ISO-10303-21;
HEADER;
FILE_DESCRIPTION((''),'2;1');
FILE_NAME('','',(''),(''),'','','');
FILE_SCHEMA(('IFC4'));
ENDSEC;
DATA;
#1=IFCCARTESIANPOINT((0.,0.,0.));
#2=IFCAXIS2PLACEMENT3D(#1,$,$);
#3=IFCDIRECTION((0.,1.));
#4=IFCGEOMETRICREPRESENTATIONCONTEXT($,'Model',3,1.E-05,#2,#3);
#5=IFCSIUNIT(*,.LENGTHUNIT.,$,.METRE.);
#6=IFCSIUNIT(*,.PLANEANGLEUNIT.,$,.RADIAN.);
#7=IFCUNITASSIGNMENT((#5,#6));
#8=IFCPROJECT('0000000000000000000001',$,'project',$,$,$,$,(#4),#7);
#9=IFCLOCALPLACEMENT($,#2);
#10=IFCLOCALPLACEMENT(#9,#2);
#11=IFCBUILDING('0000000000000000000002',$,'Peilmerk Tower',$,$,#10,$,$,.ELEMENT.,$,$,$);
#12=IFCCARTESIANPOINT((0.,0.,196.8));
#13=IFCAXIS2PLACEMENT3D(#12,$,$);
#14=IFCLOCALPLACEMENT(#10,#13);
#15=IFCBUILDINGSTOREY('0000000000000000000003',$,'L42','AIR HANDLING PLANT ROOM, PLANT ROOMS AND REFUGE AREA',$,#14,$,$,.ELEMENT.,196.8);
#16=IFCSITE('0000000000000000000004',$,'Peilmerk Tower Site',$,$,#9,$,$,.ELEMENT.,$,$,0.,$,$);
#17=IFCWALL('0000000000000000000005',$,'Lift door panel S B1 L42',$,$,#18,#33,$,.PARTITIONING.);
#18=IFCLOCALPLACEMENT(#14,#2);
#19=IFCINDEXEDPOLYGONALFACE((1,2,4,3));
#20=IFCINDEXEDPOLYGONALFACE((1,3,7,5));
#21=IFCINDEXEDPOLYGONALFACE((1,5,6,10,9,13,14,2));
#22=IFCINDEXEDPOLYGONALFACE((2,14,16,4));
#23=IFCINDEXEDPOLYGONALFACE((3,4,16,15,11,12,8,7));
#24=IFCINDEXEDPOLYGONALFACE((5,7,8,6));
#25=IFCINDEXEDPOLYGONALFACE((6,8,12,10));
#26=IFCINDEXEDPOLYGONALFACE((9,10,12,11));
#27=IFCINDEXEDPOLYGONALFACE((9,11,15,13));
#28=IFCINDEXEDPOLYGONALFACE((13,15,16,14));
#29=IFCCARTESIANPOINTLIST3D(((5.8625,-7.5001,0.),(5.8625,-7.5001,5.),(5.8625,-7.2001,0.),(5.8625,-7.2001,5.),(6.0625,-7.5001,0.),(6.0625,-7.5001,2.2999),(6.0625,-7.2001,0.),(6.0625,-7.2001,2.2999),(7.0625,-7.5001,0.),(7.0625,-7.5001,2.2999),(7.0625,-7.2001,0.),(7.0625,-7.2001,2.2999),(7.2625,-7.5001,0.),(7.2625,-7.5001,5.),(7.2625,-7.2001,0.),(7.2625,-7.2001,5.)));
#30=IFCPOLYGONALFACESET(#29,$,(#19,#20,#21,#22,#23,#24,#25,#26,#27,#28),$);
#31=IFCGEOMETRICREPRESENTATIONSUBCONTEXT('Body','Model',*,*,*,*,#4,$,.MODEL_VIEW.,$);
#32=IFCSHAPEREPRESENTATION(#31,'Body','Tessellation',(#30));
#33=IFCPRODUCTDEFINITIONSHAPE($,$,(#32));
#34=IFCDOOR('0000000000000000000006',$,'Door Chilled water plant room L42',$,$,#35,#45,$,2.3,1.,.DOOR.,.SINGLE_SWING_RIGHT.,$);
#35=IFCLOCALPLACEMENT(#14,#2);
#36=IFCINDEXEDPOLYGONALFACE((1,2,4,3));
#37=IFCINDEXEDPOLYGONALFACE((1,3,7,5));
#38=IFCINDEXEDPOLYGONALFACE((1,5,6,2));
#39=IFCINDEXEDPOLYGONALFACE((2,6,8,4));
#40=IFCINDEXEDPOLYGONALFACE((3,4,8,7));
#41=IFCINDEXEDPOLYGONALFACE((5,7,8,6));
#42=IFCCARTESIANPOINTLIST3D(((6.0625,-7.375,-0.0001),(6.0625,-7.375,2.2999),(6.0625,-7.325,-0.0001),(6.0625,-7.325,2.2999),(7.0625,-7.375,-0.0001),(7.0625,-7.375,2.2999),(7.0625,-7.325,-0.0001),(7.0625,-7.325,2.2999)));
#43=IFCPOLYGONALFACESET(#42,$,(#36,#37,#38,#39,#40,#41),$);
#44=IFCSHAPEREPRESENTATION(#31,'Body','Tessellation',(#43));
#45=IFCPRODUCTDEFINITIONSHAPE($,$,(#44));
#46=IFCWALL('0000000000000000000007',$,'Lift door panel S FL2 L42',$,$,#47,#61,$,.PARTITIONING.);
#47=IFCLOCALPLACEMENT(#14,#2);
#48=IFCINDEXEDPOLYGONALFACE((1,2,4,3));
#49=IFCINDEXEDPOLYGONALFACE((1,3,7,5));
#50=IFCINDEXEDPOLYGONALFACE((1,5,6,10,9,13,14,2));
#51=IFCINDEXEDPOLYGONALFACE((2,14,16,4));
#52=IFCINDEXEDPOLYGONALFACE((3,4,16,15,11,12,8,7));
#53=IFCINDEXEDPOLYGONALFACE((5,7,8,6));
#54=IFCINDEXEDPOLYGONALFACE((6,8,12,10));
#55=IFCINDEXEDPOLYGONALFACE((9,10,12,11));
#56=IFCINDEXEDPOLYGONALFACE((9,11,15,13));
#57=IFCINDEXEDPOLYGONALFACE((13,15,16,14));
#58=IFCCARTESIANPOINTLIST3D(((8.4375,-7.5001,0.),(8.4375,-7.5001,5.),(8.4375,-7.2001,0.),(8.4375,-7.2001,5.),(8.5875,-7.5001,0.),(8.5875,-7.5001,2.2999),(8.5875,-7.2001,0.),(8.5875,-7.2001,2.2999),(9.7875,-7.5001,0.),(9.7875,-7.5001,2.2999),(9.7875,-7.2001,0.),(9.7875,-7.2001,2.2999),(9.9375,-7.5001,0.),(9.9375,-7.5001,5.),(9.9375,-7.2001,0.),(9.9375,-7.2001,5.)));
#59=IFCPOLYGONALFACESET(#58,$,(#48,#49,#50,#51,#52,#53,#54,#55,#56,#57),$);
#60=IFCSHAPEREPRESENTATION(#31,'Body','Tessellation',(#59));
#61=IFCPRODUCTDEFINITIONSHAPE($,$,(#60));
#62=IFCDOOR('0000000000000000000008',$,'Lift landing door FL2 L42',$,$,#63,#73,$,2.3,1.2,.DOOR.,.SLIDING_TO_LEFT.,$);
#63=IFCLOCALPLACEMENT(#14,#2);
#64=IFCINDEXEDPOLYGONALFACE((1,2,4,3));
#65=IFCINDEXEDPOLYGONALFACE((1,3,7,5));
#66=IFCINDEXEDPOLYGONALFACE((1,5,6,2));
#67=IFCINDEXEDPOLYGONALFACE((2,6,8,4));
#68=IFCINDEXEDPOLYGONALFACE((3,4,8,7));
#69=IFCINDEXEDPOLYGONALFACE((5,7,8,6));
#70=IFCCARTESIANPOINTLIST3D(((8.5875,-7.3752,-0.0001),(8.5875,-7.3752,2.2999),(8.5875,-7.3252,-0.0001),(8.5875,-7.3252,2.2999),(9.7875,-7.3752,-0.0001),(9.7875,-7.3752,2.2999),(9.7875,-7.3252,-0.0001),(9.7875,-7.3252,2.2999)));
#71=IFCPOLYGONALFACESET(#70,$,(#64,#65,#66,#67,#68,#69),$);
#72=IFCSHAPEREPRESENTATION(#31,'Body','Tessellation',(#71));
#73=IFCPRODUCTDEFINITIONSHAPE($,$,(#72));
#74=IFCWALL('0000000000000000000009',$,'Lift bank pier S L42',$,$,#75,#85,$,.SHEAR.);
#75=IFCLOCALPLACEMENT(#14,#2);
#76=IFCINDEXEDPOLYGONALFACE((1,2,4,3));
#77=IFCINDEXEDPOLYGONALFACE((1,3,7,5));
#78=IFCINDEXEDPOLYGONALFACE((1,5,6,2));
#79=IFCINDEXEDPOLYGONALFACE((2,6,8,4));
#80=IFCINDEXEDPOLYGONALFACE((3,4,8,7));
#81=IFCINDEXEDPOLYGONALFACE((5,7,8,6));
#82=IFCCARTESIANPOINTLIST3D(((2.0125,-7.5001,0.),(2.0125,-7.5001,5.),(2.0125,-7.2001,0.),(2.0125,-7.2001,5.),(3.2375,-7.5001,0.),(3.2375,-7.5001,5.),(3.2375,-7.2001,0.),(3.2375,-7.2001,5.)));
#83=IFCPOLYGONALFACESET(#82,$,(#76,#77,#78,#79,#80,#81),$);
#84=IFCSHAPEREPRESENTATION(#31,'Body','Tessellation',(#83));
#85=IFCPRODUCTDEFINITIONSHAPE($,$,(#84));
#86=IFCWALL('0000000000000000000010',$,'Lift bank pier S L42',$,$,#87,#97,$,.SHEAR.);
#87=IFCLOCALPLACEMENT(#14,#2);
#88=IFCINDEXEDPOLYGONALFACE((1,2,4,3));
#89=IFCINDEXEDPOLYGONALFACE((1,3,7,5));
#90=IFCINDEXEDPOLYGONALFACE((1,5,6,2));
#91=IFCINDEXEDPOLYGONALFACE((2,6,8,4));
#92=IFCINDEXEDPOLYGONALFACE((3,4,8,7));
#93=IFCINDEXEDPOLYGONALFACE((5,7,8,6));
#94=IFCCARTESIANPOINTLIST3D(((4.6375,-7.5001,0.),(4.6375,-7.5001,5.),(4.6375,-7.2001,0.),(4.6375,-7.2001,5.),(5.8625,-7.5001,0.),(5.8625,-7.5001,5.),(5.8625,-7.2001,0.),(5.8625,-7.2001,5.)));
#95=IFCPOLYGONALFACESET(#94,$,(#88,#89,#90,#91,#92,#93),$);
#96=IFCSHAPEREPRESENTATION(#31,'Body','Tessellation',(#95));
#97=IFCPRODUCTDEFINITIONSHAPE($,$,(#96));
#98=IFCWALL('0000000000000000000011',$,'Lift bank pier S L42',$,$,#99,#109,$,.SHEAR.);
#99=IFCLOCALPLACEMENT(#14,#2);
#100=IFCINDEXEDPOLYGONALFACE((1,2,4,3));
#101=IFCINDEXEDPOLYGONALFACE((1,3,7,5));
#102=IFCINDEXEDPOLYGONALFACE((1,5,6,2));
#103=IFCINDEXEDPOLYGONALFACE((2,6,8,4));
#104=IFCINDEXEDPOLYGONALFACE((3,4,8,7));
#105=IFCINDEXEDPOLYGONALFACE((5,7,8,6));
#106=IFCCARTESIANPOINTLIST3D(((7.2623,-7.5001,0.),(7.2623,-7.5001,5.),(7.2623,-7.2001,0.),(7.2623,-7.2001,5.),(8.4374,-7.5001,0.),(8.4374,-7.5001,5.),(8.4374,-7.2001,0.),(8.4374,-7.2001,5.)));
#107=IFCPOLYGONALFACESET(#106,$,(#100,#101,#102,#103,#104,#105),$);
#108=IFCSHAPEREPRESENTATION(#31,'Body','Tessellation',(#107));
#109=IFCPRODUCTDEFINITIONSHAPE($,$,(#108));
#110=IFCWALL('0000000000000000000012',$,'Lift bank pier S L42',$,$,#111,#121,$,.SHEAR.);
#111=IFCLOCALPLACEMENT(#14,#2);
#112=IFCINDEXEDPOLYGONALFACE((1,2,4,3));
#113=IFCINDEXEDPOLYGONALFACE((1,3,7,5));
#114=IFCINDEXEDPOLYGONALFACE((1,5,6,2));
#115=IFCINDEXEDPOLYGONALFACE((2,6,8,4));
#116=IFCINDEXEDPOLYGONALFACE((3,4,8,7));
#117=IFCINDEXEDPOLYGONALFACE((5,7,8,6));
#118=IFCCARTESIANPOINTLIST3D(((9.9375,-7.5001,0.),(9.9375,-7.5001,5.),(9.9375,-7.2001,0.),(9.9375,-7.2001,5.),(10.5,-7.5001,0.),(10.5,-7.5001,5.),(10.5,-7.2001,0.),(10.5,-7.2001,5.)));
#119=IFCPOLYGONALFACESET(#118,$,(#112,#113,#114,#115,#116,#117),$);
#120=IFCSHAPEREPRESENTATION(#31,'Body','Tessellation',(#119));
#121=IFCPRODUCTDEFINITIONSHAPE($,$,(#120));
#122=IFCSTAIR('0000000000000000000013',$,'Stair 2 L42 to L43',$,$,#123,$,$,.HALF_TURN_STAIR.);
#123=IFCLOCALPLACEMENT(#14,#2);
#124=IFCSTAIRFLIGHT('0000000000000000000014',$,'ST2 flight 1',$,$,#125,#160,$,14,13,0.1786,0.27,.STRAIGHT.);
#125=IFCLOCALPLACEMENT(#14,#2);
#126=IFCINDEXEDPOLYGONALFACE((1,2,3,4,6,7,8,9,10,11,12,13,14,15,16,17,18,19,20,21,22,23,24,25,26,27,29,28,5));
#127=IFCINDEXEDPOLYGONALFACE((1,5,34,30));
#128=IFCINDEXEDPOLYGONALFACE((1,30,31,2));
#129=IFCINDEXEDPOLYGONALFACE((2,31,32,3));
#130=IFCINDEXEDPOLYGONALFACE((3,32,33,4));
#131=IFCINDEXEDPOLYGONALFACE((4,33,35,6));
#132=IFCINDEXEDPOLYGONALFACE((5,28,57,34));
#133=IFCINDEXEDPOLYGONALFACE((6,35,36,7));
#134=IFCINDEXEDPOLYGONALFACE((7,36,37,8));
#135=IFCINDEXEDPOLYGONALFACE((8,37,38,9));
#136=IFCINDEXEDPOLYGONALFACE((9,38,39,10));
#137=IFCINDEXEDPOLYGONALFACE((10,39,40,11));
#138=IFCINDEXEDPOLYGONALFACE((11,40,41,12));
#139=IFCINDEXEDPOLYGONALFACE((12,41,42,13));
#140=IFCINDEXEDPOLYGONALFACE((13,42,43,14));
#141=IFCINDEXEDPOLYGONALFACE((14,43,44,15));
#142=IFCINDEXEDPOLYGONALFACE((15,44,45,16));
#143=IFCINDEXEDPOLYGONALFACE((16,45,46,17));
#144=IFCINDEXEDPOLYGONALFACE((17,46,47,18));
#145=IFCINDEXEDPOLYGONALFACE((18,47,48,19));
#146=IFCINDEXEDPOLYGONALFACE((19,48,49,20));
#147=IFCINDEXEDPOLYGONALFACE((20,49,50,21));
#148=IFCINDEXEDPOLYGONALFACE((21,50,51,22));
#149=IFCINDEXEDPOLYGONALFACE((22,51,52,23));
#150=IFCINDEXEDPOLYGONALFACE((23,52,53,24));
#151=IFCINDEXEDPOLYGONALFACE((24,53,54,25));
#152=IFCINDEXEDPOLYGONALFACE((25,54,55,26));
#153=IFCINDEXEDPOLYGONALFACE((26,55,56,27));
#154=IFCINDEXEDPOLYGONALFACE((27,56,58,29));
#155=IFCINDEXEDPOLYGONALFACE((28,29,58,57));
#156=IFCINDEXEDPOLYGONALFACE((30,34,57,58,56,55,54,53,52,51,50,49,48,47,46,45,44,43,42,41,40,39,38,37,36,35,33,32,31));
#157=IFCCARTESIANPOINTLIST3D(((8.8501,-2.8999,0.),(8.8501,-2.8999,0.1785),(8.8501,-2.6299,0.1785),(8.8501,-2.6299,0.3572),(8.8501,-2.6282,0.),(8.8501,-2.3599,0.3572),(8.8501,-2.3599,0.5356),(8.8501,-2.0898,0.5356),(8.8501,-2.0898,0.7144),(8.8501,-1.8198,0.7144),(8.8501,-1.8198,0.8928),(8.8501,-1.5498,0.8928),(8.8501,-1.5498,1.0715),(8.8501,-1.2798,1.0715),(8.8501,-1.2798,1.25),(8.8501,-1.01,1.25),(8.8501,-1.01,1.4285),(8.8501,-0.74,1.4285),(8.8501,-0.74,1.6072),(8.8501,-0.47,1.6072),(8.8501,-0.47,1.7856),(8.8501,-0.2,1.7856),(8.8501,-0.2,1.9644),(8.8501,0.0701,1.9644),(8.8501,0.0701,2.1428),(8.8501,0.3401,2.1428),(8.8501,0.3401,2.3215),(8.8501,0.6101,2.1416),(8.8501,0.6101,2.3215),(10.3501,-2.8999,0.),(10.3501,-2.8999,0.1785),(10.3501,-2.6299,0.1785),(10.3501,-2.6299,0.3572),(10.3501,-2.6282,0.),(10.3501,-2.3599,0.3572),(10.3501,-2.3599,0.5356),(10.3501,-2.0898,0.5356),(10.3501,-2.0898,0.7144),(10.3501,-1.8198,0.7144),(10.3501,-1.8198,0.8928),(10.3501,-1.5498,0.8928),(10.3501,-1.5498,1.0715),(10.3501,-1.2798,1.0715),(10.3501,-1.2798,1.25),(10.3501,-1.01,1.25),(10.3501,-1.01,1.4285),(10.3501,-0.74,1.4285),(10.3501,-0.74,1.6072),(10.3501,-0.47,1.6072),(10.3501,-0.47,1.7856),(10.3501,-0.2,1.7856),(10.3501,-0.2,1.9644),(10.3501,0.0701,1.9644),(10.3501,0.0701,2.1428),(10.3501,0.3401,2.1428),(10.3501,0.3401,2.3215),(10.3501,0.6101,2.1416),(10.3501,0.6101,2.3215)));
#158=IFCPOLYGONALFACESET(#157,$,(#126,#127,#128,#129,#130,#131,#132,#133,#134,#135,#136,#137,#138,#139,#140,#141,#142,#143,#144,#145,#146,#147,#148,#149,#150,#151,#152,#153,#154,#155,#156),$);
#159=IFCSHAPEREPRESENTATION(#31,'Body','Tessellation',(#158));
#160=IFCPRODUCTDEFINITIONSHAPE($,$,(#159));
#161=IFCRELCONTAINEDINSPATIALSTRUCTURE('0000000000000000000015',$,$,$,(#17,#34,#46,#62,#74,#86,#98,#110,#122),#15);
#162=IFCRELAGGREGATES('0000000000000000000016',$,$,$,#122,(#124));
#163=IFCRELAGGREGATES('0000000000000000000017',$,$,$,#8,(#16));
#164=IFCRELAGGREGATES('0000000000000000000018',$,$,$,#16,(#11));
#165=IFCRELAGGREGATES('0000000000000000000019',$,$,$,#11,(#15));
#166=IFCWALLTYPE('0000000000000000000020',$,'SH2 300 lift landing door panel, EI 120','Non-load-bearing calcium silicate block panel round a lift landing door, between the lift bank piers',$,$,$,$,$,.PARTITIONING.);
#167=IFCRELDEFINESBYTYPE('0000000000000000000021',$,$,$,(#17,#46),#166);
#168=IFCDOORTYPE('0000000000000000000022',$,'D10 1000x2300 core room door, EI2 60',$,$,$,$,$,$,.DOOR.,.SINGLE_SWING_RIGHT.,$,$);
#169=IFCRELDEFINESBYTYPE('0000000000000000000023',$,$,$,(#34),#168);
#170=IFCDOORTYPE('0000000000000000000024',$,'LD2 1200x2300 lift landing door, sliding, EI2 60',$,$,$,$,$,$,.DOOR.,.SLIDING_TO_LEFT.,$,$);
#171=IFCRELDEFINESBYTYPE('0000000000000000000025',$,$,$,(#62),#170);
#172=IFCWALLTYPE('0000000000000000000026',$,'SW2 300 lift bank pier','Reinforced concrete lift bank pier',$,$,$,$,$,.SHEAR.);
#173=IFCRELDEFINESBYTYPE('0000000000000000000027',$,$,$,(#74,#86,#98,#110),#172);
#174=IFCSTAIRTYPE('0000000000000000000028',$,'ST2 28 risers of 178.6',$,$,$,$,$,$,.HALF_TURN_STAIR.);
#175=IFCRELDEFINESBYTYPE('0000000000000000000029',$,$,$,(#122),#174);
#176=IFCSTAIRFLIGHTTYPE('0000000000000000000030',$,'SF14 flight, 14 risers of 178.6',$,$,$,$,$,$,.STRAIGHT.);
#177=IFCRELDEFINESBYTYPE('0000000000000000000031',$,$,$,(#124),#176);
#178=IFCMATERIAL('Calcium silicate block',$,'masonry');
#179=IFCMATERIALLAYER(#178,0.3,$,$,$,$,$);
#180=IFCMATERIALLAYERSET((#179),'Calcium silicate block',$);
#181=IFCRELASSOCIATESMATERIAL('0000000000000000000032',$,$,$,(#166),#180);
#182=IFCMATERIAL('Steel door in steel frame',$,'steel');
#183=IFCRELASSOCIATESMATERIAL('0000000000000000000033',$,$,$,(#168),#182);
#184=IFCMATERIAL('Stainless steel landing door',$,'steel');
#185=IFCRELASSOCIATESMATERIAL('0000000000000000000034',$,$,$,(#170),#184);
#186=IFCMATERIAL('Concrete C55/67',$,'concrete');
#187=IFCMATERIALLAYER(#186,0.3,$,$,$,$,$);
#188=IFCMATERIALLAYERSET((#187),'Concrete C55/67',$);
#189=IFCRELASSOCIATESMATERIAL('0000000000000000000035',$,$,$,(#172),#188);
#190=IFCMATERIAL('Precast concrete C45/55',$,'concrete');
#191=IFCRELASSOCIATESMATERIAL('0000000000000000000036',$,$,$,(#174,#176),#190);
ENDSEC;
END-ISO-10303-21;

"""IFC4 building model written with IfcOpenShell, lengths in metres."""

from ifc_helpers import new_model, si_unit, direction, frame, frame_2d, origin, place, context, subcontext, project, spatial, polyline, rectangle, outline, extrude, material, layer, layer_set, type_object, element, fill, aggregate, save


model = new_model("IFC4")

# Units and contexts
model_context = context("Model", 3, precision=1e-05, world=origin(), true_north=direction((0.0, 1.0)))
body_context = subcontext(model_context, "Body", "Model", "MODEL_VIEW")
ifc_project = project(units=[si_unit("LENGTHUNIT", "METRE"), si_unit("PLANEANGLEUNIT", "RADIAN")], contexts=[model_context])

# Site, building, storey
site_placement = place(None, origin())
site = spatial("IfcSite", under=ifc_project, at=site_placement, Name="Peilmerk Tower Site", CompositionType="ELEMENT", RefElevation=0.0)
building_placement = place(site_placement, origin())
building = spatial("IfcBuilding", under=site, at=building_placement, Name="Peilmerk Tower", CompositionType="ELEMENT")
storey_placement = place(building_placement, frame((0.0, 0.0, 196.8)))
storey = spatial("IfcBuildingStorey", under=building, at=storey_placement, Name="L42", Description="AIR HANDLING PLANT ROOM, PLANT ROOMS AND REFUGE AREA", CompositionType="ELEMENT", Elevation=196.8)

# Shared definitions
ifc_material_1 = material(Name="Steel door in steel frame", Category="steel")

# Walls, openings, doors
ifc_material_2 = material(Name="Calcium silicate block", Category="masonry")
ifc_layer_1 = layer(ifc_material_2, 0.3)
ifc_layer_set_1 = layer_set([ifc_layer_1], Name="Calcium silicate block")
wall_type_1 = type_object("IfcWallType", Name="SH2 300 lift landing door panel, EI 120", Description="Non-load-bearing calcium silicate block panel round a lift landing door, between the lift bank piers", PredefinedType="PARTITIONING", material=ifc_layer_set_1)
door_type_1 = type_object("IfcDoorType", Name="D10 1000x2300 core room door, EI2 60", OperationType="SINGLE_SWING_RIGHT", PredefinedType="DOOR", material=ifc_material_1)
wall_1_placement = place(storey_placement, frame((5.8625, -7.3501, 0.0), z_axis=(0.0, 0.0, 1.0), x_axis=(1.0, 0.0, 0.0)))
wall_1 = element("IfcWall", 1, at=wall_1_placement, inside=storey, type_object=wall_type_1, Name="Lift door panel S B1 L42", PredefinedType="PARTITIONING", context=body_context, shape_type="SweptSolid", body=[
    extrude(rectangle(XDim=1.3999, YDim=0.3, at=frame_2d((0.7, 0.0))), origin(), (0.0, 0.0, 1.0), 5.0),
])
opening_1_placement = place(wall_1_placement, frame((0.2, 0.0, 0.0)))
opening_1 = element("IfcOpeningElement", 2, at=opening_1_placement, cuts=wall_1, PredefinedType="OPENING", context=body_context, shape_type="SweptSolid", body=[
    extrude(rectangle(XDim=1.0, YDim=2.3, at=frame_2d((0.5, 1.1499))), frame((0.0, 0.1599, 0.0), z_axis=(0.0, -1.0, 0.0), x_axis=(1.0, 0.0, 0.0)), (0.0, 0.0, 1.0), 0.3201),
])
door_1_placement = place(opening_1_placement, frame((1.0, 0.0, 0.0), z_axis=(0.0, 0.0, 1.0), x_axis=(-1.0, 0.0, 0.0)))
door_1 = element("IfcDoor", 3, at=door_1_placement, inside=storey, type_object=door_type_1, Name="Door Chilled water plant room L42", OperationType="SINGLE_SWING_RIGHT", OverallHeight=2.3, OverallWidth=1.0, PredefinedType="DOOR", context=body_context, shape_type="SweptSolid", body=[
    extrude(rectangle(XDim=1.0, YDim=2.3, at=frame_2d((0.5, 1.1499))), frame((0.0, 0.0249, 0.0), z_axis=(0.0, -1.0, 0.0), x_axis=(1.0, 0.0, 0.0)), (0.0, 0.0, 1.0), 0.05),
])
fill(opening_1, door_1)
wall_2_placement = place(storey_placement, frame((8.4375, -7.3501, 0.0), z_axis=(0.0, 0.0, 1.0), x_axis=(1.0, 0.0, 0.0)))
wall_2 = element("IfcWall", 4, at=wall_2_placement, inside=storey, type_object=wall_type_1, Name="Lift door panel S FL2 L42", PredefinedType="PARTITIONING", context=body_context, shape_type="SweptSolid", body=[
    extrude(rectangle(XDim=1.5, YDim=0.3, at=frame_2d((0.75, 0.0))), origin(), (0.0, 0.0, 1.0), 5.0),
])
opening_2_placement = place(wall_2_placement, frame((0.1499, 0.0, 0.0)))
opening_2 = element("IfcOpeningElement", 5, at=opening_2_placement, cuts=wall_2, PredefinedType="OPENING", context=body_context, shape_type="SweptSolid", body=[
    extrude(rectangle(XDim=1.2, YDim=2.3, at=frame_2d((0.6001, 1.1499))), frame((0.0, 0.1599, 0.0), z_axis=(0.0, -1.0, 0.0), x_axis=(1.0, 0.0, 0.0)), (0.0, 0.0, 1.0), 0.3201),
])
ifc_material_3 = material(Name="Stainless steel landing door", Category="steel")
door_type_2 = type_object("IfcDoorType", Name="LD2 1200x2300 lift landing door, sliding, EI2 60", OperationType="SLIDING_TO_LEFT", PredefinedType="DOOR", material=ifc_material_3)
door_2_placement = place(opening_2_placement, origin())
door_2 = element("IfcDoor", 6, at=door_2_placement, inside=storey, type_object=door_type_2, Name="Lift landing door FL2 L42", OperationType="SLIDING_TO_LEFT", OverallHeight=2.3, OverallWidth=1.2, PredefinedType="DOOR", context=body_context, shape_type="SweptSolid", body=[
    extrude(rectangle(XDim=1.2, YDim=2.3, at=frame_2d((0.6001, 1.1499))), frame((0.0, 0.0249, 0.0), z_axis=(0.0, -1.0, 0.0), x_axis=(1.0, 0.0, 0.0)), (0.0, 0.0, 1.0), 0.05),
])
fill(opening_2, door_2)

# Walls
ifc_material_4 = material(Name="Concrete C55/67", Category="concrete")
ifc_layer_2 = layer(ifc_material_4, 0.3)
ifc_layer_set_2 = layer_set([ifc_layer_2], Name="Concrete C55/67")
wall_type_2 = type_object("IfcWallType", Name="SW2 300 lift bank pier", Description="Reinforced concrete lift bank pier", PredefinedType="SHEAR", material=ifc_layer_set_2)
for number, where, z_axis, x_axis, name in (
    (7, (2.0125, -7.3501, 0.0), (0.0, 0.0, 1.0), (1.0, 0.0, 0.0), "Lift bank pier S L42"),
    (8, (4.6375, -7.3501, 0.0), (0.0, 0.0, 1.0), (1.0, 0.0, 0.0), "Lift bank pier S L42"),
):
    element("IfcWall", number, at=place(storey_placement, frame(where, z_axis=z_axis, x_axis=x_axis)), inside=storey, type_object=wall_type_2, Name=name, PredefinedType="SHEAR", context=body_context, shape_type="SweptSolid", body=[
        extrude(rectangle(XDim=1.2251, YDim=0.3, at=frame_2d((0.6125, 0.0))), origin(), (0.0, 0.0, 1.0), 5.0),
    ])
wall_3_placement = place(storey_placement, frame((7.2625, -7.3501, 0.0), z_axis=(0.0, 0.0, 1.0), x_axis=(1.0, 0.0, 0.0)))
element("IfcWall", 9, at=wall_3_placement, inside=storey, type_object=wall_type_2, Name="Lift bank pier S L42", PredefinedType="SHEAR", context=body_context, shape_type="SweptSolid", body=[
    extrude(rectangle(XDim=1.175, YDim=0.3, at=frame_2d((0.5874, 0.0))), origin(), (0.0, 0.0, 1.0), 5.0),
])
wall_4_placement = place(storey_placement, frame((9.9375, -7.3501, 0.0), z_axis=(0.0, 0.0, 1.0), x_axis=(1.0, 0.0, 0.0)))
element("IfcWall", 10, at=wall_4_placement, inside=storey, type_object=wall_type_2, Name="Lift bank pier S L42", PredefinedType="SHEAR", context=body_context, shape_type="SweptSolid", body=[
    extrude(rectangle(XDim=0.5625, YDim=0.3, at=frame_2d((0.2812, 0.0))), origin(), (0.0, 0.0, 1.0), 5.0),
])

# Stair, stair flight
ifc_material_5 = material(Name="Precast concrete C45/55", Category="concrete")
stair_type = type_object("IfcStairType", Name="ST2 28 risers of 178.6", PredefinedType="HALF_TURN_STAIR", material=ifc_material_5)
stair_placement = place(storey_placement, origin())
stair = element("IfcStair", 11, at=stair_placement, inside=storey, type_object=stair_type, Name="Stair 2 L42 to L43", PredefinedType="HALF_TURN_STAIR")
stair_flight_type = type_object("IfcStairFlightType", Name="SF14 flight, 14 risers of 178.6", PredefinedType="STRAIGHT", material=ifc_material_5)
stair_flight_placement = place(storey_placement, frame((9.6001, -2.8999, 0.0), z_axis=(0.0, 0.0, 1.0), x_axis=(0.0, 1.0, 0.0)))
stair_flight = element("IfcStairFlight", 12, at=stair_flight_placement, type_object=stair_flight_type, Name="ST2 flight 1", NumberOfRisers=14, NumberOfTreads=13, PredefinedType="STRAIGHT", RiserHeight=0.1786, TreadLength=0.27, context=body_context, shape_type="SweptSolid", body=[
    extrude(outline(polyline([(0.0, 0.0), (0.0, 0.1785), (0.27, 0.1785), (0.27, 0.3572), (0.54, 0.3572), (0.54, 0.5356), (0.8101, 0.5356), (0.8101, 0.7144), (1.0801, 0.7144), (1.0801, 0.8928), (1.3501, 0.8928), (1.3501, 1.0715), (1.6201, 1.0715), (1.6201, 1.25), (1.8899, 1.25), (1.8899, 1.4285), (2.1599, 1.4285), (2.1599, 1.6072), (2.4299, 1.6072), (2.4299, 1.7856), (2.7, 1.7856), (2.7, 1.9644), (2.97, 1.9644), (2.97, 2.1428), (3.24, 2.1428), (3.24, 2.3215), (3.51, 2.3215), (3.51, 2.5), (3.51, 2.1416), (0.2717, 0.0), (0.0, 0.0)])), frame((0.0, 0.75, 0.0), z_axis=(0.0, -1.0, 0.0), x_axis=(1.0, 0.0, 0.0)), (0.0, 0.0, 1.0), 1.5),
])
aggregate(stair, [stair_flight])

save(model, "model.ifc")
